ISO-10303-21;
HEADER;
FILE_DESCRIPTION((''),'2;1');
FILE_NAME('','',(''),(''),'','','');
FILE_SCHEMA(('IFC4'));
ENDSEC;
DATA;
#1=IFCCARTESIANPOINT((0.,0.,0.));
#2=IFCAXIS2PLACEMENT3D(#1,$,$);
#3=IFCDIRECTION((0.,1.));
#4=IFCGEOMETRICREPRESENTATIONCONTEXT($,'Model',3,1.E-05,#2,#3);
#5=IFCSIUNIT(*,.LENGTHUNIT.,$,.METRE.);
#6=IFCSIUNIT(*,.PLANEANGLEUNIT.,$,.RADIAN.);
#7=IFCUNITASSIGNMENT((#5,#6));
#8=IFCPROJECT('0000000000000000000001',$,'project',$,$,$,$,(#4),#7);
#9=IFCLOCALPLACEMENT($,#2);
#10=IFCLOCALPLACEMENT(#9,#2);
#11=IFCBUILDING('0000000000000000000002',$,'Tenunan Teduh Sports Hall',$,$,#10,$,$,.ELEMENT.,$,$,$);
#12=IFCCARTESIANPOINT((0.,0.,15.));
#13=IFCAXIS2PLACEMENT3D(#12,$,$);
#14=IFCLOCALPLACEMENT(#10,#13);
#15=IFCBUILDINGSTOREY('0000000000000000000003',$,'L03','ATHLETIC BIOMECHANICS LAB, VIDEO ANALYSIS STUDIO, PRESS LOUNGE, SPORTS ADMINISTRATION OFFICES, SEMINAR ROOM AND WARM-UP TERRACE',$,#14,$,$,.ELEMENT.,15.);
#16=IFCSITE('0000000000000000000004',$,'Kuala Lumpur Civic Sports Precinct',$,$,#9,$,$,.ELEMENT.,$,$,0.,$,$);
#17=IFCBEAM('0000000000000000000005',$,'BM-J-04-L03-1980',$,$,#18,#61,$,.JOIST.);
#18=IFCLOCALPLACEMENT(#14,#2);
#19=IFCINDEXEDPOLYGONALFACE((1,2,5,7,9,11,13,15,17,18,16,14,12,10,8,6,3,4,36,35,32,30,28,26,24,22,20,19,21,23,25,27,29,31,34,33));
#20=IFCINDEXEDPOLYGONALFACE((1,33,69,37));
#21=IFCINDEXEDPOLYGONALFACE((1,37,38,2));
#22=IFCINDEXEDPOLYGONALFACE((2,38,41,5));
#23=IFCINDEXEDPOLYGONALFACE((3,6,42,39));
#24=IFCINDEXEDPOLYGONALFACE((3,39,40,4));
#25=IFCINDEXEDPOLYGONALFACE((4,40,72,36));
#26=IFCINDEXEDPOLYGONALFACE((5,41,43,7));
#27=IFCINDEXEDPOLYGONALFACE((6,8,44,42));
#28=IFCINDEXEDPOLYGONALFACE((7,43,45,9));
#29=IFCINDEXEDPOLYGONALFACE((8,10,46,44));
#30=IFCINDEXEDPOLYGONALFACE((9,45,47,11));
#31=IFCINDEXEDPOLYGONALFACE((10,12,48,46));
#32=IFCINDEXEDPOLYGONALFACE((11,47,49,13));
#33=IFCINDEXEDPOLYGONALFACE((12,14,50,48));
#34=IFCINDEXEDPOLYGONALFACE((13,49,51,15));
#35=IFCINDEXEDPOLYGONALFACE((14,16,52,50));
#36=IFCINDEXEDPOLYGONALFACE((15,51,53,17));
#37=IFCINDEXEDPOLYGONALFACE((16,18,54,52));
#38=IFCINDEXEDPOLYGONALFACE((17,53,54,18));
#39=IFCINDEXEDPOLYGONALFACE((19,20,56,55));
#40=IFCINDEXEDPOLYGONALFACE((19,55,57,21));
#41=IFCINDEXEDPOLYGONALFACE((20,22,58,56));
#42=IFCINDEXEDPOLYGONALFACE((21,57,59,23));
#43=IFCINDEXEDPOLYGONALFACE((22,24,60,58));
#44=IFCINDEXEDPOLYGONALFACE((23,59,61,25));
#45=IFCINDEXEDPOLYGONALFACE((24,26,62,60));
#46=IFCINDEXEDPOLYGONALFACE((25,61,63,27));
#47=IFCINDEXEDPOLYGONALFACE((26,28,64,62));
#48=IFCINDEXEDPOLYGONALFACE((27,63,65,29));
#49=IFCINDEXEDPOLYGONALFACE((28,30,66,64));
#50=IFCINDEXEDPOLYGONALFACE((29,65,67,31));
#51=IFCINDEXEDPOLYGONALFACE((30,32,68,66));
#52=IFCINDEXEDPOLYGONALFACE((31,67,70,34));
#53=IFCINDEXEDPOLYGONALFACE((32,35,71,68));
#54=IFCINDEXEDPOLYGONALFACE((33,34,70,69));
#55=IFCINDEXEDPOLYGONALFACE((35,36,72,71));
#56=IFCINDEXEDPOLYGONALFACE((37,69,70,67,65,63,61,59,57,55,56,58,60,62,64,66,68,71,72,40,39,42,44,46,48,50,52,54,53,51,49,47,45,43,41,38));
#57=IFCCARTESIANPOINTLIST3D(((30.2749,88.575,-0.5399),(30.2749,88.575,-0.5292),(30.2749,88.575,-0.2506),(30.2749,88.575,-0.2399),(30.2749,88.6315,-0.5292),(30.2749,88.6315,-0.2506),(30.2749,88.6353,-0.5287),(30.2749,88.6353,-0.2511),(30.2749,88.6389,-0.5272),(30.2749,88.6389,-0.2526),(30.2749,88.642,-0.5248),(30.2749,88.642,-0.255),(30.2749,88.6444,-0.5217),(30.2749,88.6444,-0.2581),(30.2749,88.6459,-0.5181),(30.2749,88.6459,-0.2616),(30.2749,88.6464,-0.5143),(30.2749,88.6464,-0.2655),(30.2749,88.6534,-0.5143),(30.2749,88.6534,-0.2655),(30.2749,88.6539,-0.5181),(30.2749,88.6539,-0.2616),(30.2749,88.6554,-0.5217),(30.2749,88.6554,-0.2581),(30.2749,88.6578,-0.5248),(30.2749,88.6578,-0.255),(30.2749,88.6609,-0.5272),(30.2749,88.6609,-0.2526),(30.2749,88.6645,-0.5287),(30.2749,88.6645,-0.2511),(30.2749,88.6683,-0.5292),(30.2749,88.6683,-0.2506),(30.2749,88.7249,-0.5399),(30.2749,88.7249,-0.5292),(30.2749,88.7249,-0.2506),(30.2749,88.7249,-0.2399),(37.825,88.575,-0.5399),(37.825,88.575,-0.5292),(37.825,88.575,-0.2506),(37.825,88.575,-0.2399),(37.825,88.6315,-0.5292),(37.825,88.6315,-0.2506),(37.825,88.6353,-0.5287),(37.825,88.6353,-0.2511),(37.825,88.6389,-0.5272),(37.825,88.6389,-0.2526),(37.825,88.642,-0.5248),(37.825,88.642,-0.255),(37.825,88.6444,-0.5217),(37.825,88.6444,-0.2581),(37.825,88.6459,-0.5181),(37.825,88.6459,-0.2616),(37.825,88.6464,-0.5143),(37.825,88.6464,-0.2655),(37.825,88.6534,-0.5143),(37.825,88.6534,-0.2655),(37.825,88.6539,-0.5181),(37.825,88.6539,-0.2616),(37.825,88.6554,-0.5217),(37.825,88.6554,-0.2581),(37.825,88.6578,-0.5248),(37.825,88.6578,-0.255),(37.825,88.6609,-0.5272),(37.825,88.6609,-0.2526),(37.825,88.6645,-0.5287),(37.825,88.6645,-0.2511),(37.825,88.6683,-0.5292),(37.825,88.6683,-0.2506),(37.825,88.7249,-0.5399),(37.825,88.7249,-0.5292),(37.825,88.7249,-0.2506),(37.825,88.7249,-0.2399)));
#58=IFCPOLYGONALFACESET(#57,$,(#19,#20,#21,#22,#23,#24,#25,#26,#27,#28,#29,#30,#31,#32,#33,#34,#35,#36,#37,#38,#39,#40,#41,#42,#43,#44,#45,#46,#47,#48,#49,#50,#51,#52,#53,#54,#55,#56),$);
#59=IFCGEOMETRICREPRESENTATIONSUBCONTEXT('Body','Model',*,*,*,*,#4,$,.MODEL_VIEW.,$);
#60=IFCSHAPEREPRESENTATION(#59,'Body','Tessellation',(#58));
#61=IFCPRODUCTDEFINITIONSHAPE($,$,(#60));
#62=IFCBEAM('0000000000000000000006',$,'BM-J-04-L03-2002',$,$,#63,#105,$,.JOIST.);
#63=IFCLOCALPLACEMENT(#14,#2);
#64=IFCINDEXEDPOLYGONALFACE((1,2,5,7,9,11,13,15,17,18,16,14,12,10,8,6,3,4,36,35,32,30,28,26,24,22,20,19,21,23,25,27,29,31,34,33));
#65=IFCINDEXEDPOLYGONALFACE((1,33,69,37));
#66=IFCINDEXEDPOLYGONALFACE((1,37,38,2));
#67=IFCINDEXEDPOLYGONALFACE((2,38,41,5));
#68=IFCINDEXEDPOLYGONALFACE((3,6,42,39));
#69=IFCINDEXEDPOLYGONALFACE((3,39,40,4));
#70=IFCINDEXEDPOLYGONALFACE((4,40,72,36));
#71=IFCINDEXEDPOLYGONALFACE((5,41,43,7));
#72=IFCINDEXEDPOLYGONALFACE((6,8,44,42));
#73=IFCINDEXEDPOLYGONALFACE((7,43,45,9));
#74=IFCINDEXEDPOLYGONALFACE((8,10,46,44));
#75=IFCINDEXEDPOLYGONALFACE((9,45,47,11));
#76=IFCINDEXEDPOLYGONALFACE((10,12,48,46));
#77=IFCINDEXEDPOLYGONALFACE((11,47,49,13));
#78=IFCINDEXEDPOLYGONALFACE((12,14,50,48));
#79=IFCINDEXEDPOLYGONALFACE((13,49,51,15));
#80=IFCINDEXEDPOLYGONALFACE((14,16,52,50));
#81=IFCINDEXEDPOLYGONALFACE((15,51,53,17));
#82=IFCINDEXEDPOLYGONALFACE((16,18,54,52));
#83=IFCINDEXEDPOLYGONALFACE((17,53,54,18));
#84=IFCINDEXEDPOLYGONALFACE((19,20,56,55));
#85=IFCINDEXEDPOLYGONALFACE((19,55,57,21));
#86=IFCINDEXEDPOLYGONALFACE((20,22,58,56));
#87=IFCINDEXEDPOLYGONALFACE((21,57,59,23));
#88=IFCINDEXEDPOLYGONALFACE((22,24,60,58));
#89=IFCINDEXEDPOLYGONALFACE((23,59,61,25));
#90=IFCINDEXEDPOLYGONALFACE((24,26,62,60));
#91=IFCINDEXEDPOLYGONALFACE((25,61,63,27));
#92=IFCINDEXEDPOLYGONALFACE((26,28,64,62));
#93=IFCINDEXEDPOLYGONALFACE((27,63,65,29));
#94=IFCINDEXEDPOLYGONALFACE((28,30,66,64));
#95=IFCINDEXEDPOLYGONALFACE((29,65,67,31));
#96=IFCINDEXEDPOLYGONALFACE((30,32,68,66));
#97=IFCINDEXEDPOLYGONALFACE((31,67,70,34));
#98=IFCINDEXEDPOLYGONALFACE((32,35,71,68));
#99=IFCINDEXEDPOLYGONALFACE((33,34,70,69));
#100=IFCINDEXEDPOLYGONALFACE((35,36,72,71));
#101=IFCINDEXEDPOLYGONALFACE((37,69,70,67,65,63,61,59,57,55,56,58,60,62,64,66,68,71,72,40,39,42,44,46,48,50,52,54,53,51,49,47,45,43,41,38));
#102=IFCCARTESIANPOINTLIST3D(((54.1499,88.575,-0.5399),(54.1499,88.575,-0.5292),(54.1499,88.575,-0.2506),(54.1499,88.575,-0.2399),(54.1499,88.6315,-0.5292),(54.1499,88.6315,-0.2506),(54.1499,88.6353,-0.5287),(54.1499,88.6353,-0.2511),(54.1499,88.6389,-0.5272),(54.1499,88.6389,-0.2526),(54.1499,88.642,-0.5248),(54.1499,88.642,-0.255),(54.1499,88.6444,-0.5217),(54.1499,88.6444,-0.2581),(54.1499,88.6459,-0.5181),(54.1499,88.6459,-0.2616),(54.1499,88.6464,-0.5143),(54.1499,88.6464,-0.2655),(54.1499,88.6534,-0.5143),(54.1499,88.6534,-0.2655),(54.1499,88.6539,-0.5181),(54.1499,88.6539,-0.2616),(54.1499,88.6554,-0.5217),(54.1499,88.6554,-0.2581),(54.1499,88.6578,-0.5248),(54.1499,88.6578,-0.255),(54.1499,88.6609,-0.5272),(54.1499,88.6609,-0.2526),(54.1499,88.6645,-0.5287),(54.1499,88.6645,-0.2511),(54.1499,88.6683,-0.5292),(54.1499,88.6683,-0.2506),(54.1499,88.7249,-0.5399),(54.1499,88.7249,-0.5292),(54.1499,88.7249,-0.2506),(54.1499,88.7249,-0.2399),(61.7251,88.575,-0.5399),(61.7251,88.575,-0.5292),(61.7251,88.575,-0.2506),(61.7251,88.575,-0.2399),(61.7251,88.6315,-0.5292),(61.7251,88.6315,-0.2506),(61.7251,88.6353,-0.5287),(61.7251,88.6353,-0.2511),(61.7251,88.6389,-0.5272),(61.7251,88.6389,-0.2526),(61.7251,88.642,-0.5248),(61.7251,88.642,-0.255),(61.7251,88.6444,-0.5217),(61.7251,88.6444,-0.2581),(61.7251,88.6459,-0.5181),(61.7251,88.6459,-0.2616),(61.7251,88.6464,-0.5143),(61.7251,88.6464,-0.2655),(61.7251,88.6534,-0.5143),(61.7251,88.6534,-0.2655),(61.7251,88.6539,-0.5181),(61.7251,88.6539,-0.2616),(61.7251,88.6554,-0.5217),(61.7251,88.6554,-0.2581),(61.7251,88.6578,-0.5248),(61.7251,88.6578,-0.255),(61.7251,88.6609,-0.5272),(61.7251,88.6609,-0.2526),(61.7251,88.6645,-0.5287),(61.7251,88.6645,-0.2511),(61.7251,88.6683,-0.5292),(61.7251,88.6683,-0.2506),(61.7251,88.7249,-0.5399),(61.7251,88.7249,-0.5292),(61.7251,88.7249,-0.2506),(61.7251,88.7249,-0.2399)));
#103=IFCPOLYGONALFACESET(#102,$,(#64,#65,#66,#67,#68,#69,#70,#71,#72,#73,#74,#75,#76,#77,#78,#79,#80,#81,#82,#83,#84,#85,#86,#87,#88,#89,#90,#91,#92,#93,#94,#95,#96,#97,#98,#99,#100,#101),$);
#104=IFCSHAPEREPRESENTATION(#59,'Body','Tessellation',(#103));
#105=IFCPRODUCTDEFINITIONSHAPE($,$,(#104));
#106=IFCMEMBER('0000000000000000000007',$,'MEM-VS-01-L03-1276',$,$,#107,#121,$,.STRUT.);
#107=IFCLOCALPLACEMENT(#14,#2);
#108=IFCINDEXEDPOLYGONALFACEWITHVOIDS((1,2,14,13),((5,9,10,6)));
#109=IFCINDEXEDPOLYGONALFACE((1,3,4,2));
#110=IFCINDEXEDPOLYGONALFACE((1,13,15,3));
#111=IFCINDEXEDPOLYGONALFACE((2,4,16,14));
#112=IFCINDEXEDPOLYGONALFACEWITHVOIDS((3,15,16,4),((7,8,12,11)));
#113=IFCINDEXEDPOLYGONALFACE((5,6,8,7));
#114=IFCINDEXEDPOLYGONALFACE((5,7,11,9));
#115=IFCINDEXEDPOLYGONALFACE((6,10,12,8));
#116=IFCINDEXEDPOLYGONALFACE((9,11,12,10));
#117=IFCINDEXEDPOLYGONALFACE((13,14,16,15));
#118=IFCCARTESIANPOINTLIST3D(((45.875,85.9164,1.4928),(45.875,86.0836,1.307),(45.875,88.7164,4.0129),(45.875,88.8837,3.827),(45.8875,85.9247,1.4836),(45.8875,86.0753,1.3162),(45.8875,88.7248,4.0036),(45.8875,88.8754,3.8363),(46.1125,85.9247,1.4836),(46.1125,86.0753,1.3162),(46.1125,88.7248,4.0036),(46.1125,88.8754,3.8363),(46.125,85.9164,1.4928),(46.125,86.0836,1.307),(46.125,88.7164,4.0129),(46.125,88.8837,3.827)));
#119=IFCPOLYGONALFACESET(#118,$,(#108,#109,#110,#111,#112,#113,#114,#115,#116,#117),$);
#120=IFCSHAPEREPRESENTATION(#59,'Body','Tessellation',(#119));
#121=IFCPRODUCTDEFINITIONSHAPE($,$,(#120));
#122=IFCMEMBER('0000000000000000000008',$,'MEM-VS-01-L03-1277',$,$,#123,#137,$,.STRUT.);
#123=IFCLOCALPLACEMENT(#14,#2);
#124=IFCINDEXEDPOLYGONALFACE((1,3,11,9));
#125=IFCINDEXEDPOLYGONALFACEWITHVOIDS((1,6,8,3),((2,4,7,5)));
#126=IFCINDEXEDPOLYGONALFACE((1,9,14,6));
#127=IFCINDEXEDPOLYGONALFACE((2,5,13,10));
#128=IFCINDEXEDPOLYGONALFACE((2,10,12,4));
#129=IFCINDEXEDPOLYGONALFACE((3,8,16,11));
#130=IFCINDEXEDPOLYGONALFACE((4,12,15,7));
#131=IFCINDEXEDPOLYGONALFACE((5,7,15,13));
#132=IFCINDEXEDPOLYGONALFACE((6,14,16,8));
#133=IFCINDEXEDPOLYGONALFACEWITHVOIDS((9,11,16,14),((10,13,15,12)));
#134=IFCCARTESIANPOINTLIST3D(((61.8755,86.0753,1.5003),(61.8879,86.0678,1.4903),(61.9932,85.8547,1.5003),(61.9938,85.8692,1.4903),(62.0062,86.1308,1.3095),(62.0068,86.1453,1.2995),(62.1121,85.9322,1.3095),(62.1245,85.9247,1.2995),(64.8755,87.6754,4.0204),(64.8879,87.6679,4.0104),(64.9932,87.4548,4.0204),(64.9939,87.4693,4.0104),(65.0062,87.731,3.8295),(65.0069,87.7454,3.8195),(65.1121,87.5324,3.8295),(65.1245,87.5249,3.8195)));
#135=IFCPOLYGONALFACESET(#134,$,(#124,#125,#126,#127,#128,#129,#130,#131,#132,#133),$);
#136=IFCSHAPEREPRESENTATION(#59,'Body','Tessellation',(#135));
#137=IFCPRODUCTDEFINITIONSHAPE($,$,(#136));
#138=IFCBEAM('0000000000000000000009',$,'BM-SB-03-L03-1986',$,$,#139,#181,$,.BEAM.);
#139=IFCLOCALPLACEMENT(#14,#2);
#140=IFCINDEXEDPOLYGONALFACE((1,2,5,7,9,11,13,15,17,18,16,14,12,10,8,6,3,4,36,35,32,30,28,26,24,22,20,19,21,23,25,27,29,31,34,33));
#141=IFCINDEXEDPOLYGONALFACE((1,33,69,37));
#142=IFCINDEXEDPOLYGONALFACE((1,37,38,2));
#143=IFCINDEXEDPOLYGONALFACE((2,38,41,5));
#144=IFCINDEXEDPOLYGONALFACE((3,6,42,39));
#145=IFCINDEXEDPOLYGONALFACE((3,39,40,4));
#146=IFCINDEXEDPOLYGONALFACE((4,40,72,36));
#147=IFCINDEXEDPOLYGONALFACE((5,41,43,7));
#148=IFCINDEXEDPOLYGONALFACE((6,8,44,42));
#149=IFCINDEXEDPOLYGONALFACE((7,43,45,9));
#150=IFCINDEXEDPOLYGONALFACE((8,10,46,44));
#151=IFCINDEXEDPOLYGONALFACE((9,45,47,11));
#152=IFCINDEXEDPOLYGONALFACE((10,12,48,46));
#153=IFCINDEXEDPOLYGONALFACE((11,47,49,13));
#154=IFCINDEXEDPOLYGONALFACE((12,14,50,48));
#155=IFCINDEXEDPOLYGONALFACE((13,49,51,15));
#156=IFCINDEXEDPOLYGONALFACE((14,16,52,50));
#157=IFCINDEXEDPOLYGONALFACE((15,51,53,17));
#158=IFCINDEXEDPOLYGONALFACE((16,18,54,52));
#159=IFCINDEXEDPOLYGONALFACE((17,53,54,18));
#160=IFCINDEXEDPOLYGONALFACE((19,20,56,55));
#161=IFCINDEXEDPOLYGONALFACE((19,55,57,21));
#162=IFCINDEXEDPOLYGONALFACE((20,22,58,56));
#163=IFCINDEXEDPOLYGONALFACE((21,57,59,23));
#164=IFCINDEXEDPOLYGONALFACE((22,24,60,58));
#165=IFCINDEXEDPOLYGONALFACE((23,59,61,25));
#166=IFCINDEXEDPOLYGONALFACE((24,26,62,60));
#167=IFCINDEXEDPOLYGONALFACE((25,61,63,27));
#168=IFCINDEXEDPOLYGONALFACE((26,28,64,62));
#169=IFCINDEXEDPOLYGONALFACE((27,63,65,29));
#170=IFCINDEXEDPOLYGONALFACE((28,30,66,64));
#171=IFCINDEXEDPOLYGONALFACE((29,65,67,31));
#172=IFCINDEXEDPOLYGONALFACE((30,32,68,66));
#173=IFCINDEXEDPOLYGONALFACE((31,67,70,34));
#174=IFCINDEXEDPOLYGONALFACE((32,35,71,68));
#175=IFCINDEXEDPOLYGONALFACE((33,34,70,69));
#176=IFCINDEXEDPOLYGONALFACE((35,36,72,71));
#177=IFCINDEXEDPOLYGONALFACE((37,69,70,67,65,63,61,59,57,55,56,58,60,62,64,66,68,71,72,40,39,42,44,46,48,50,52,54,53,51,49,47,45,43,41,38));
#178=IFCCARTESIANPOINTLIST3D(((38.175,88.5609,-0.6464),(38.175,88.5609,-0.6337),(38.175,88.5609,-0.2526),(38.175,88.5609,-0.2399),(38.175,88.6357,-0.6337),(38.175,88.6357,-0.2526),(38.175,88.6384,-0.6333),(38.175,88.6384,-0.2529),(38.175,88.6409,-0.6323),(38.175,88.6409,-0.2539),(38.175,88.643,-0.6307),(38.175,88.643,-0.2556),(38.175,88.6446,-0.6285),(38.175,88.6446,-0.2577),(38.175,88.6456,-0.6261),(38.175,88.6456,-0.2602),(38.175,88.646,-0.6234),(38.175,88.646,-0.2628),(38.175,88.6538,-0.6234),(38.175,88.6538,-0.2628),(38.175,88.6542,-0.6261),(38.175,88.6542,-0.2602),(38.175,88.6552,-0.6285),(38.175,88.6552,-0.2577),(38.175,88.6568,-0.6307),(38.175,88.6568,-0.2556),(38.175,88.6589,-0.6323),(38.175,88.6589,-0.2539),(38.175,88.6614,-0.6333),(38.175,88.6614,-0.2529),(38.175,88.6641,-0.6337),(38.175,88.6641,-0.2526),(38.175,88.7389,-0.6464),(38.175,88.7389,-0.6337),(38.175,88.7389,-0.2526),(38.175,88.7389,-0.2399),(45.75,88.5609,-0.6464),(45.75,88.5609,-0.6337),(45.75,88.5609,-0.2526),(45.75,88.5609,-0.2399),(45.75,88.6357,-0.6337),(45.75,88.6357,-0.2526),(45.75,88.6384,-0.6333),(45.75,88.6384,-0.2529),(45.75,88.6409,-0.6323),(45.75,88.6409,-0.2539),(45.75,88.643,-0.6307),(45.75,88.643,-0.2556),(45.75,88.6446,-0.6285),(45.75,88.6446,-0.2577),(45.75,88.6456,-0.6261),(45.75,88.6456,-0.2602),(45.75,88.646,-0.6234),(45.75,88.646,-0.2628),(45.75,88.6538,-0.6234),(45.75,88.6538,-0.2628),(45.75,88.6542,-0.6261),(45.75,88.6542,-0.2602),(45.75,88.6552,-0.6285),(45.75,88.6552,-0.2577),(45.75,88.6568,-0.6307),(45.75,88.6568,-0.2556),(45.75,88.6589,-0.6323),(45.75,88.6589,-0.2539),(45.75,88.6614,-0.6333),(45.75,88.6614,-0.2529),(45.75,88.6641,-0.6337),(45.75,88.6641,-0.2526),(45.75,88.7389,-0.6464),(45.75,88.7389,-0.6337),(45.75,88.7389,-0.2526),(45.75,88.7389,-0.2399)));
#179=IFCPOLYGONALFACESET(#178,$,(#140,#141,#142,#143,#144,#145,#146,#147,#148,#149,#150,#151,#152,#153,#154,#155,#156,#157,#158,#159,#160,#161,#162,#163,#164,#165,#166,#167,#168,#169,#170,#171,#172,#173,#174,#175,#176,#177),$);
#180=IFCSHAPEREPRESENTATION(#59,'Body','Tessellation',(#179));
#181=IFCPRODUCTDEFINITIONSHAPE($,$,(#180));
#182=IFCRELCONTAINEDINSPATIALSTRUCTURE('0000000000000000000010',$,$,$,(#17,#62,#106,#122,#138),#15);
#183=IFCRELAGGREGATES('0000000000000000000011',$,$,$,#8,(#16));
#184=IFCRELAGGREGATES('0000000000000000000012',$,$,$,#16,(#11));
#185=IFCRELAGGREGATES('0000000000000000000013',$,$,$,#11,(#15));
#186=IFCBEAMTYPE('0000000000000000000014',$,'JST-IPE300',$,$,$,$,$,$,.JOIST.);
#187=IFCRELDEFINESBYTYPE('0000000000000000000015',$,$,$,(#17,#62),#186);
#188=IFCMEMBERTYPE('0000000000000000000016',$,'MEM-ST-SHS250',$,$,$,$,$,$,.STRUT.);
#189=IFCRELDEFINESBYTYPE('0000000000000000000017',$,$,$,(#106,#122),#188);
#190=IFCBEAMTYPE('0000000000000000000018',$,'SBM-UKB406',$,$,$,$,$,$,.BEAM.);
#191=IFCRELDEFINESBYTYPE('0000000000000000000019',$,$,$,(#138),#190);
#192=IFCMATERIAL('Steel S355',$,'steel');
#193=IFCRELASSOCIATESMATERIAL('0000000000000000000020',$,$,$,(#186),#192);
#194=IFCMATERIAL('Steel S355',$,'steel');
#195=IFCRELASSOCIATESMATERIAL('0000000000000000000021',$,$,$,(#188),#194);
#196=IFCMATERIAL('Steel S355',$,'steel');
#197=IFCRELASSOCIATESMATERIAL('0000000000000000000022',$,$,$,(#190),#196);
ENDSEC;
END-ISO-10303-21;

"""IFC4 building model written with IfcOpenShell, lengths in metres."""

from ifc_helpers import new_model, si_unit, direction, frame, origin, origin_2d, place, context, subcontext, project, spatial, hollow_rectangle, i_section, extrude, material, material_profile, profile_set, type_object, element, save


model = new_model("IFC4")

# Units and contexts
model_context = context("Model", 3, precision=1e-05, world=origin(), true_north=direction((0.0, 1.0)))
body_context = subcontext(model_context, "Body", "Model", "MODEL_VIEW")
ifc_project = project(units=[si_unit("LENGTHUNIT", "METRE"), si_unit("PLANEANGLEUNIT", "RADIAN")], contexts=[model_context])

# Site, building, storey
site_placement = place(None, origin())
site = spatial("IfcSite", under=ifc_project, at=site_placement, Name="Kuala Lumpur Civic Sports Precinct", CompositionType="ELEMENT", RefElevation=0.0)
building_placement = place(site_placement, origin())
building = spatial("IfcBuilding", under=site, at=building_placement, Name="Tenunan Teduh Sports Hall", CompositionType="ELEMENT")
storey_placement = place(building_placement, frame((0.0, 0.0, 15.0)))
storey = spatial("IfcBuildingStorey", under=building, at=storey_placement, Name="L03", Description="ATHLETIC BIOMECHANICS LAB, VIDEO ANALYSIS STUDIO, PRESS LOUNGE, SPORTS ADMINISTRATION OFFICES, SEMINAR ROOM AND WARM-UP TERRACE", CompositionType="ELEMENT", Elevation=15.0)

# Beams
ifc_material_1 = material(Name="Steel S355", Category="steel")
ifc_material_profile_1 = material_profile(ifc_material_1, i_section(OverallWidth=0.1499, OverallDepth=0.3, WebThickness=0.0071, FlangeThickness=0.0107, FilletRadius=0.0149, at=origin_2d()), Name="IPE 300")
ifc_profile_set_1 = profile_set([ifc_material_profile_1], Name="Steel S355")
beam_type_1 = type_object("IfcBeamType", Name="JST-IPE300", PredefinedType="JOIST", material=ifc_profile_set_1)
beam_1_placement = place(storey_placement, frame((30.2749, 88.6499, -0.3899), z_axis=(1.0, 0.0, 0.0), x_axis=(0.0, 1.0, 0.0)))
element("IfcBeam", 1, at=beam_1_placement, inside=storey, type_object=beam_type_1, Name="BM-J-04-L03-1980", PredefinedType="JOIST", context=body_context, shape_type="SweptSolid", body=[
    extrude(i_section(OverallWidth=0.1499, OverallDepth=0.3, WebThickness=0.0071, FlangeThickness=0.0107, FilletRadius=0.0149, at=origin_2d()), origin(), (0.0, 0.0, 1.0), 7.55),
])
beam_2_placement = place(storey_placement, frame((54.1499, 88.6499, -0.3899), z_axis=(1.0, 0.0, 0.0), x_axis=(0.0, 1.0, 0.0)))
element("IfcBeam", 2, at=beam_2_placement, inside=storey, type_object=beam_type_1, Name="BM-J-04-L03-2002", PredefinedType="JOIST", context=body_context, shape_type="SweptSolid", body=[
    extrude(i_section(OverallWidth=0.1499, OverallDepth=0.3, WebThickness=0.0071, FlangeThickness=0.0107, FilletRadius=0.0149, at=origin_2d()), origin(), (0.0, 0.0, 1.0), 7.5752),
])

# Members
ifc_material_2 = material(Name="Steel S355", Category="steel")
ifc_material_profile_2 = material_profile(ifc_material_2, hollow_rectangle(XDim=0.25, YDim=0.25, WallThickness=0.0125, at=origin_2d()), Name="SHS 250x250x12.5")
ifc_profile_set_2 = profile_set([ifc_material_profile_2], Name="Steel S355")
member_type = type_object("IfcMemberType", Name="MEM-ST-SHS250", PredefinedType="STRUT", material=ifc_profile_set_2)
member_1_placement = place(storey_placement, frame((46.0, 86.0, 1.3999), z_axis=(0.0, 0.743297, 0.668961), x_axis=(-1.0, 0.0, 0.0)))
element("IfcMember", 3, at=member_1_placement, inside=storey, type_object=member_type, Name="MEM-VS-01-L03-1276", PredefinedType="STRUT", context=body_context, shape_type="SweptSolid", body=[
    extrude(hollow_rectangle(XDim=0.25, YDim=0.25, WallThickness=0.0125, at=origin_2d()), origin(), (0.0, 0.0, 1.0), 3.7671),
])
member_2_placement = place(storey_placement, frame((62.0, 86.0, 1.3999), z_axis=(0.708865, 0.378084, 0.595451), x_axis=(-0.470611, 0.882341, 0.0)))
element("IfcMember", 4, at=member_2_placement, inside=storey, type_object=member_type, Name="MEM-VS-01-L03-1277", PredefinedType="STRUT", context=body_context, shape_type="SweptSolid", body=[
    extrude(hollow_rectangle(XDim=0.25, YDim=0.25, WallThickness=0.0125, at=origin_2d()), origin(), (0.0, 0.0, 1.0), 4.2322),
])

# Beam
ifc_material_3 = material(Name="Steel S355", Category="steel")
ifc_material_profile_3 = material_profile(ifc_material_3, i_section(OverallWidth=0.178, OverallDepth=0.4065, WebThickness=0.0078, FlangeThickness=0.0127, FilletRadius=0.0103, at=origin_2d()), Name="UKB 406x178x60")
ifc_profile_set_3 = profile_set([ifc_material_profile_3], Name="Steel S355")
beam_type_2 = type_object("IfcBeamType", Name="SBM-UKB406", PredefinedType="BEAM", material=ifc_profile_set_3)
beam_3_placement = place(storey_placement, frame((38.175, 88.6499, -0.4431), z_axis=(1.0, 0.0, 0.0), x_axis=(0.0, 1.0, 0.0)))
element("IfcBeam", 5, at=beam_3_placement, inside=storey, type_object=beam_type_2, Name="BM-SB-03-L03-1986", PredefinedType="BEAM", context=body_context, shape_type="SweptSolid", body=[
    extrude(i_section(OverallWidth=0.178, OverallDepth=0.4065, WebThickness=0.0078, FlangeThickness=0.0127, FilletRadius=0.0103, at=origin_2d()), origin(), (0.0, 0.0, 1.0), 7.575),
])

save(model, "model.ifc")
